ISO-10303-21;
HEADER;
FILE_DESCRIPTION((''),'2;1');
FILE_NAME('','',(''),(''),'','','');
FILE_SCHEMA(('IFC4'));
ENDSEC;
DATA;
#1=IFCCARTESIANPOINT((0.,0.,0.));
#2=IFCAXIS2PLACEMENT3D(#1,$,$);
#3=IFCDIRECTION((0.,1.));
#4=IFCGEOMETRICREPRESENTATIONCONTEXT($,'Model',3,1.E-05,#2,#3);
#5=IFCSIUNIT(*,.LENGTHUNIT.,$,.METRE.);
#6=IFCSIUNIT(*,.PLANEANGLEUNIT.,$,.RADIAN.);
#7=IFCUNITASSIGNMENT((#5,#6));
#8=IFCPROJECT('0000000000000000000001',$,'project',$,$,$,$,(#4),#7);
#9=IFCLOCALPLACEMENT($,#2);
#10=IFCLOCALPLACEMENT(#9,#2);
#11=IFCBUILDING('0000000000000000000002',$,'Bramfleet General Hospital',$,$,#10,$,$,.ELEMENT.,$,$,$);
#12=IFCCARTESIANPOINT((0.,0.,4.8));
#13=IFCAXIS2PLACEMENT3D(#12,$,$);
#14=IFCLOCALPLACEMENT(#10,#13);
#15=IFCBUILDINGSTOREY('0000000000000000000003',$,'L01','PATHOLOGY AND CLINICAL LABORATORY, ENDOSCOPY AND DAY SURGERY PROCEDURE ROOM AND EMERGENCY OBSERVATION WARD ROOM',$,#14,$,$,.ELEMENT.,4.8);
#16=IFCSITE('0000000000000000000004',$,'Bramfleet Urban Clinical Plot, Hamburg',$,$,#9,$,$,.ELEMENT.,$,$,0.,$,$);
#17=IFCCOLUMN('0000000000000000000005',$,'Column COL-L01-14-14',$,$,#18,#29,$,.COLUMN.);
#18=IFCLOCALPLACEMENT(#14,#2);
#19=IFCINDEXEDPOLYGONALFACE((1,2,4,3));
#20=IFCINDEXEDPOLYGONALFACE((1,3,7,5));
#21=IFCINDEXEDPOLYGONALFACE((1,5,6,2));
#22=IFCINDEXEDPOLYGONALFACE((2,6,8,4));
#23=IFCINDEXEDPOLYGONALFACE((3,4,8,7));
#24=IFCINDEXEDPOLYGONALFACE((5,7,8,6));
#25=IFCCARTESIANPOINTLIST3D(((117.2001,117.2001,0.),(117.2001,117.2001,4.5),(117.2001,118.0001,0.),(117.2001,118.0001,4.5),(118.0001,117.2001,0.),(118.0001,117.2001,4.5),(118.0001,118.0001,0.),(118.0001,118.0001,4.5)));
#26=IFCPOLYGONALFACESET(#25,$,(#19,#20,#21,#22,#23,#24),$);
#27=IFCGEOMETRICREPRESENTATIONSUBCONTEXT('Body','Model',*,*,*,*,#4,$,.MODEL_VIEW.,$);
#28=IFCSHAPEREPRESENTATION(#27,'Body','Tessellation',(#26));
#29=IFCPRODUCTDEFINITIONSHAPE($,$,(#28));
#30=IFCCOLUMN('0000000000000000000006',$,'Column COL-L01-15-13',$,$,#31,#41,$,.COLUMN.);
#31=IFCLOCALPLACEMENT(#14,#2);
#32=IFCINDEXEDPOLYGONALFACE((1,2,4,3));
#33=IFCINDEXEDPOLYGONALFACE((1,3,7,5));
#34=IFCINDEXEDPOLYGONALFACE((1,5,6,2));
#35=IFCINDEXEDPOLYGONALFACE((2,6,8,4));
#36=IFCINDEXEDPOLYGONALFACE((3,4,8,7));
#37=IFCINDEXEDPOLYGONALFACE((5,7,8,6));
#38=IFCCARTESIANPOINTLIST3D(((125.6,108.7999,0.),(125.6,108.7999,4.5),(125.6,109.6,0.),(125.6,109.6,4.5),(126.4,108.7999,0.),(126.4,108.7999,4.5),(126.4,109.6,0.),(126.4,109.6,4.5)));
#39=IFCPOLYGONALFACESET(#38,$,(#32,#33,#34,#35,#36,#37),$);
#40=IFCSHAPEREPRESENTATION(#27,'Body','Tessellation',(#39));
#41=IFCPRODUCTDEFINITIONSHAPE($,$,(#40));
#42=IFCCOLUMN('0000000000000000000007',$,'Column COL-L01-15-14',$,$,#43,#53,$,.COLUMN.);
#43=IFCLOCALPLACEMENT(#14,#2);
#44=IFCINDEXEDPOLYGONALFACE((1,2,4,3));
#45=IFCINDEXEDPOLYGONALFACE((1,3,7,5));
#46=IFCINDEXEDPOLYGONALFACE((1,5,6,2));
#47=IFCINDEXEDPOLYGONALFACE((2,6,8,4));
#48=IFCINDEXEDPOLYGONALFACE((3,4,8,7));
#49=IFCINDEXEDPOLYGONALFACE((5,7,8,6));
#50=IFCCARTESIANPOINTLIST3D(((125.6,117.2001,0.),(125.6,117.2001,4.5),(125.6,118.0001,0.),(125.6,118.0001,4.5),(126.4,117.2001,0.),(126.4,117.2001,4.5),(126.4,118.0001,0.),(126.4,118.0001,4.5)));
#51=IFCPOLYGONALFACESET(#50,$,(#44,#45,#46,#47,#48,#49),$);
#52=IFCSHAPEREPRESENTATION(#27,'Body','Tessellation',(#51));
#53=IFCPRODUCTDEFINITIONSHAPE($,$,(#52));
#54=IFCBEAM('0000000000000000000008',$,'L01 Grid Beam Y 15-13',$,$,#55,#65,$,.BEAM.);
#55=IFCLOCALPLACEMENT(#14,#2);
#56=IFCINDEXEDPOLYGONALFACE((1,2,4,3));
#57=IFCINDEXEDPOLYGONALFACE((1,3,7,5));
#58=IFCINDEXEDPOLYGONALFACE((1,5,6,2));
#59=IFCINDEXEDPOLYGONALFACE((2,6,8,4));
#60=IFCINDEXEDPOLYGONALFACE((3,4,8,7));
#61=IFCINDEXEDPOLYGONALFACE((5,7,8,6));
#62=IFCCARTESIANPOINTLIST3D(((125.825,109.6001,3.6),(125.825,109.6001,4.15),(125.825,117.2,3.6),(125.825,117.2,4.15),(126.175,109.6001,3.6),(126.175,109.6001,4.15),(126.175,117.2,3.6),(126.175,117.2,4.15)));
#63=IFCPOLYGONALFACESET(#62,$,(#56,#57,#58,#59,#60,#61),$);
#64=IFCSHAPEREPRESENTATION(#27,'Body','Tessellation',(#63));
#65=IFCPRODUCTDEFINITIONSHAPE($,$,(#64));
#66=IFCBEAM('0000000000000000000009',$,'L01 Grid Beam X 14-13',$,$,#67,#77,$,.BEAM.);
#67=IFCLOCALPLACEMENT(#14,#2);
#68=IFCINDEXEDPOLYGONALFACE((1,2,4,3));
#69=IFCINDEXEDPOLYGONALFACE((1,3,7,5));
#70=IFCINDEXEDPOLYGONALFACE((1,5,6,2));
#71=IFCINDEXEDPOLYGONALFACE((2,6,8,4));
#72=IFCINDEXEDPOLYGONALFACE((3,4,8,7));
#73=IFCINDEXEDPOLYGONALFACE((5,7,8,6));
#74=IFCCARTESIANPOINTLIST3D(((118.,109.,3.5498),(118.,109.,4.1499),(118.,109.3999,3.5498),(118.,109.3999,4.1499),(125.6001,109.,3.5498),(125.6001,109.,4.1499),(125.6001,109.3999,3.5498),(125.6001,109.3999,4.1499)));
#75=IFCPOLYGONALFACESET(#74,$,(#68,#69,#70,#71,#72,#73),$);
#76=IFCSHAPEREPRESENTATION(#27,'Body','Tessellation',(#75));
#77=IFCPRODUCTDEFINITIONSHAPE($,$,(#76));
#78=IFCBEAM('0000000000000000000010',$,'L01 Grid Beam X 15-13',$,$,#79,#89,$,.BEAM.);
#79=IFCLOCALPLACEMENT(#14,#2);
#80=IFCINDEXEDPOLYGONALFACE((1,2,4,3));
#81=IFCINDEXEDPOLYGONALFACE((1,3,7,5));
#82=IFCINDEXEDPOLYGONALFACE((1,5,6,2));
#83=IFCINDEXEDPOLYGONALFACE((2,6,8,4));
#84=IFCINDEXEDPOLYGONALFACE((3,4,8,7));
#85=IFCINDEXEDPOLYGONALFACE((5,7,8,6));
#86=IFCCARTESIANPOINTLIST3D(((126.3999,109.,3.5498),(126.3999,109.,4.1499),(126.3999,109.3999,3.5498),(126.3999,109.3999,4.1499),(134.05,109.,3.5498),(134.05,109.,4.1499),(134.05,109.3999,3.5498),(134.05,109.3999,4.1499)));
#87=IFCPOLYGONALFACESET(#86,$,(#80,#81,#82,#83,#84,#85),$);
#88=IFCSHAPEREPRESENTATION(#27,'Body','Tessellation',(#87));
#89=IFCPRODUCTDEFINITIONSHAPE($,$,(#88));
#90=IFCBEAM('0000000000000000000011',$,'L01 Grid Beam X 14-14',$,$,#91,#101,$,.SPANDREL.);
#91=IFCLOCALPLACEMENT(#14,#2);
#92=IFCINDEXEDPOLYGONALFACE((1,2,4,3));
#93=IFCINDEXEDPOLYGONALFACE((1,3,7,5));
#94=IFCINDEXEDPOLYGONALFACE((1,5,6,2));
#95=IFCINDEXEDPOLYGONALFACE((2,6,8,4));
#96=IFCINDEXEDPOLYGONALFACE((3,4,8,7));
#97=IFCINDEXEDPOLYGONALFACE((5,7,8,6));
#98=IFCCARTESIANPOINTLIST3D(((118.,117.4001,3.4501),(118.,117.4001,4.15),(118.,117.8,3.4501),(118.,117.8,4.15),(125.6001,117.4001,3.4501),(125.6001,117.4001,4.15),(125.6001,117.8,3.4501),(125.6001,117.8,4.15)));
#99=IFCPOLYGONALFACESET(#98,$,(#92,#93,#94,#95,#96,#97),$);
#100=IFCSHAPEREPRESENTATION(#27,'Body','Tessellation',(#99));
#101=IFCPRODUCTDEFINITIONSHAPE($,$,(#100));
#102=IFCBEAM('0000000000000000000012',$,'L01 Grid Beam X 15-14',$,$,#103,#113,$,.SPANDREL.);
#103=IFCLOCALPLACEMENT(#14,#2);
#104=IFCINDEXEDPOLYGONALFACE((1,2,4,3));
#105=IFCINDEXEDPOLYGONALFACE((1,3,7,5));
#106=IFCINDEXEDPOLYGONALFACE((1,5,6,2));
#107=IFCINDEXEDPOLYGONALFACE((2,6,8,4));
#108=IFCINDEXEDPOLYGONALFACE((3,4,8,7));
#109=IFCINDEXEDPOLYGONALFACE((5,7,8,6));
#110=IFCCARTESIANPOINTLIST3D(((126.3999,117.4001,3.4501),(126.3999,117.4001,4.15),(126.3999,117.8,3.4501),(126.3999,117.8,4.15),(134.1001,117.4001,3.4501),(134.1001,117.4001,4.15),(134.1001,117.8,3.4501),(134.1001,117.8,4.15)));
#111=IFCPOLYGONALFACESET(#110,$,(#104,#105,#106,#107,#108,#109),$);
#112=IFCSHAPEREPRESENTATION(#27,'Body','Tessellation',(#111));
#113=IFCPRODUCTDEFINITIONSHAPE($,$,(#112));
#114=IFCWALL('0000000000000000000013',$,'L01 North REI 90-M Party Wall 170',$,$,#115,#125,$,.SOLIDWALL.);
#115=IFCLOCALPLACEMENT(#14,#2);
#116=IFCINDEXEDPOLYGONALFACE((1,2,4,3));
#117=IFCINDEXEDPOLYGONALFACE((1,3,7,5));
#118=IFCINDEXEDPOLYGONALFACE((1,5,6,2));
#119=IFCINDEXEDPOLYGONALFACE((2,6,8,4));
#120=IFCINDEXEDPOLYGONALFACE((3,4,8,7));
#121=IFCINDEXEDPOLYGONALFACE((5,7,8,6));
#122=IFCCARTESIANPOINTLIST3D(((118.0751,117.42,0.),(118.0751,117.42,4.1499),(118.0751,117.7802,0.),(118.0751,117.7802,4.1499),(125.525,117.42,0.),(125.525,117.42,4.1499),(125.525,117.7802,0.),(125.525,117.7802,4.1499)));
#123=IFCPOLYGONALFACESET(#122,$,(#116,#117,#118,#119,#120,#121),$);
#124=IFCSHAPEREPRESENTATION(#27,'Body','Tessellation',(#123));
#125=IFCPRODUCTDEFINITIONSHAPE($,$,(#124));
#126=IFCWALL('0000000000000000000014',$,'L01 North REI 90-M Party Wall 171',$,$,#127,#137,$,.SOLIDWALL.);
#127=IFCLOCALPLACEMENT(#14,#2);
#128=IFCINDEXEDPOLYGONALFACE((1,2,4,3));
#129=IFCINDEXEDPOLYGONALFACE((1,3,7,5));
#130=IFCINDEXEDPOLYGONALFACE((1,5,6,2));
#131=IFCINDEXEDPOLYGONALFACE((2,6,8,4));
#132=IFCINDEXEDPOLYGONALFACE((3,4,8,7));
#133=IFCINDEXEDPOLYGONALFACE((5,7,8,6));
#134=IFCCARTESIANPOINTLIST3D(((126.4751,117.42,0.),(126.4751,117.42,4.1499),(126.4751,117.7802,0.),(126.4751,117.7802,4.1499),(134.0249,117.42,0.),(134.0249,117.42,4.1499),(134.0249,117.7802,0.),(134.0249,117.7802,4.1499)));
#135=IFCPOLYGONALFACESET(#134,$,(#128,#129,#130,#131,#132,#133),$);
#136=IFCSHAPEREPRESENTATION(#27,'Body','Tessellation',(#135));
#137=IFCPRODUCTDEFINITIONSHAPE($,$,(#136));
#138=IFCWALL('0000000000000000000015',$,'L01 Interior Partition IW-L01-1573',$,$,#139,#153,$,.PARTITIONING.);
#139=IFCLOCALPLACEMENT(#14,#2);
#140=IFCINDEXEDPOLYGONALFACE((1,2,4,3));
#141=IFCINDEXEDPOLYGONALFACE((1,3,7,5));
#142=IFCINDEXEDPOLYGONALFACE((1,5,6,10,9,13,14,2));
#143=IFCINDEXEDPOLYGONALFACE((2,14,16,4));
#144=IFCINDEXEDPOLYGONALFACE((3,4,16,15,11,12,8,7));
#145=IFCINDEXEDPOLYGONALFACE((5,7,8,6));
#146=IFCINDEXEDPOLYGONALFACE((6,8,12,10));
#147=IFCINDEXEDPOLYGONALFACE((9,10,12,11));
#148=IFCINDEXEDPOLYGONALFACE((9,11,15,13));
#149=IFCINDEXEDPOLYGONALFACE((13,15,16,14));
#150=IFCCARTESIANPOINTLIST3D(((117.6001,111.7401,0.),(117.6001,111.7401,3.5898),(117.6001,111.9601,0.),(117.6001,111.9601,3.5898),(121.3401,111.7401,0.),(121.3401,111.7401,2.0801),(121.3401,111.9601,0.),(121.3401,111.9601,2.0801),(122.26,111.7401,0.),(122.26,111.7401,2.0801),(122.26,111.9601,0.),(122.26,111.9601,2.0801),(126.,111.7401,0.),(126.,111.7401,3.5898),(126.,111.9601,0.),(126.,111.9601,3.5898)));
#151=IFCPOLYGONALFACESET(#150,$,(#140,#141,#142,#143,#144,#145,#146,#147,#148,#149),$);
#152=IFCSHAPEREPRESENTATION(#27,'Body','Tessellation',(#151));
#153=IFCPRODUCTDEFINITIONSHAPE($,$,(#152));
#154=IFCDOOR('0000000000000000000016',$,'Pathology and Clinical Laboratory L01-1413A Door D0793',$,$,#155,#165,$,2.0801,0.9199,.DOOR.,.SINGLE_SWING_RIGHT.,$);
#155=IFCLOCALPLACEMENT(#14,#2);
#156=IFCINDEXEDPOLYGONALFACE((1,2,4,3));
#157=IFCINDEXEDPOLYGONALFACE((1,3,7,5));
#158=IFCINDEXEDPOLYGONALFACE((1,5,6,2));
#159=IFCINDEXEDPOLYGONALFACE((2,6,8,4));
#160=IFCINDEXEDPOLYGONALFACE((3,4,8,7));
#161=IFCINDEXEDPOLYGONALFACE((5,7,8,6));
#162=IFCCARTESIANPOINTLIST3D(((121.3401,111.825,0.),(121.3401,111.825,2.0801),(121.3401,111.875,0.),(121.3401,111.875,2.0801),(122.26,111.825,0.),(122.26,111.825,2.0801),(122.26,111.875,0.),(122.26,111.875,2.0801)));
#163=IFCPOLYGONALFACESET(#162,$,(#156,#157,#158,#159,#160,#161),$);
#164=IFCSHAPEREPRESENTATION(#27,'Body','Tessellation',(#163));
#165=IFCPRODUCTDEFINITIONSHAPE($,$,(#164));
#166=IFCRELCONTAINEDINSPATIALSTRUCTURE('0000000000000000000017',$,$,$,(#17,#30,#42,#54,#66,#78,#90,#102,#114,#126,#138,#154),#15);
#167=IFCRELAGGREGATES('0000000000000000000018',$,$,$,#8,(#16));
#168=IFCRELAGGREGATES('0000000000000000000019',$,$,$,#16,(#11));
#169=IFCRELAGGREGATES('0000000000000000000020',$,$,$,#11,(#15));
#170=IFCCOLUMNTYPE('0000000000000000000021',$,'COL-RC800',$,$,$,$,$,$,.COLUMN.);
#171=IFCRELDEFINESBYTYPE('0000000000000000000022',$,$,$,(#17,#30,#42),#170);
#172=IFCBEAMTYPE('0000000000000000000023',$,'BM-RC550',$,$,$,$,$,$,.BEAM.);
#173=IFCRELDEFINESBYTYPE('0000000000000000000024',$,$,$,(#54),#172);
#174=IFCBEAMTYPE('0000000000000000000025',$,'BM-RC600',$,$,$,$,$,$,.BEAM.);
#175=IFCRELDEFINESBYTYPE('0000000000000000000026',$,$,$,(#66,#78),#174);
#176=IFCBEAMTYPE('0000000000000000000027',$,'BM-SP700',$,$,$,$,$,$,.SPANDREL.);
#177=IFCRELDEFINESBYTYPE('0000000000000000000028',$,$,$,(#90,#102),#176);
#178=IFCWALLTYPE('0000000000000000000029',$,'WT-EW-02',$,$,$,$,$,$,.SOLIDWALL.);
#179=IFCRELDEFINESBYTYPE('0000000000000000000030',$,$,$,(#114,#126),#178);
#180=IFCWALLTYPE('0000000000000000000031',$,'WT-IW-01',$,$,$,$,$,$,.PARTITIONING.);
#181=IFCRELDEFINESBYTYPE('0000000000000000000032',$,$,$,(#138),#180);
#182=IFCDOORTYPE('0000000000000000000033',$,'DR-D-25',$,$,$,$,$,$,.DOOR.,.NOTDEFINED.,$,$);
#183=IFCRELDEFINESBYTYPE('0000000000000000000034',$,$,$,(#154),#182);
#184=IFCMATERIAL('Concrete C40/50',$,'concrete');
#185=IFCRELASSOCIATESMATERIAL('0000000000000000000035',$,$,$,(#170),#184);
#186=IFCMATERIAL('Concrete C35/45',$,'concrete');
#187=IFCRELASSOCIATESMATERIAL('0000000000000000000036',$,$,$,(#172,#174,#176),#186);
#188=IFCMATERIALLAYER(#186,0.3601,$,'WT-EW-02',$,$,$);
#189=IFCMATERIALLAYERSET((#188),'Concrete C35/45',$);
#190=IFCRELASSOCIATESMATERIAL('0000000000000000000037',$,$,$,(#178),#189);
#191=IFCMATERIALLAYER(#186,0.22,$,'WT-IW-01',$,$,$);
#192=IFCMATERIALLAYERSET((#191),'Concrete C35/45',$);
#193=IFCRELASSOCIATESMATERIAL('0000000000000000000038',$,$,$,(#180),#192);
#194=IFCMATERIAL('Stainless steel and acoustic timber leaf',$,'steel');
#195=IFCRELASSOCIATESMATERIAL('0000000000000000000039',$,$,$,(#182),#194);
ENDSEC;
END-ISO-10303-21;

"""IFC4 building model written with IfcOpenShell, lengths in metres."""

from ifc_helpers import new_model, si_unit, direction, frame, frame_2d, origin, origin_2d, place, context, subcontext, project, spatial, rectangle, extrude, material, layer, layer_set, material_profile, profile_set, type_object, element, fill, save


model = new_model("IFC4")

# Units and contexts
model_context = context("Model", 3, precision=1e-05, world=origin(), true_north=direction((0.0, 1.0)))
body_context = subcontext(model_context, "Body", "Model", "MODEL_VIEW")
ifc_project = project(units=[si_unit("LENGTHUNIT", "METRE"), si_unit("PLANEANGLEUNIT", "RADIAN")], contexts=[model_context])

# Site, building, storey
site_placement = place(None, origin())
site = spatial("IfcSite", under=ifc_project, at=site_placement, Name="Bramfleet Urban Clinical Plot, Hamburg", CompositionType="ELEMENT", RefElevation=0.0)
building_placement = place(site_placement, origin())
building = spatial("IfcBuilding", under=site, at=building_placement, Name="Bramfleet General Hospital", CompositionType="ELEMENT")
storey_placement = place(building_placement, frame((0.0, 0.0, 4.8)))
storey = spatial("IfcBuildingStorey", under=building, at=storey_placement, Name="L01", Description="PATHOLOGY AND CLINICAL LABORATORY, ENDOSCOPY AND DAY SURGERY PROCEDURE ROOM AND EMERGENCY OBSERVATION WARD ROOM", CompositionType="ELEMENT", Elevation=4.8)

# Columns
ifc_material_1 = material(Name="Concrete C40/50", Category="concrete")
ifc_material_profile_1 = material_profile(ifc_material_1, rectangle(XDim=0.8, YDim=0.8, at=origin_2d()), Name="RC COL 800x800")
ifc_profile_set_1 = profile_set([ifc_material_profile_1], Name="Concrete C40/50")
column_type = type_object("IfcColumnType", Name="COL-RC800", PredefinedType="COLUMN", material=ifc_profile_set_1)
for number, where, z_axis, x_axis, name in (
    (1, (117.6001, 117.6001, 0.0), (0.0, 0.0, 1.0), (1.0, 0.0, 0.0), "Column COL-L01-14-14"),
    (2, (126.0, 109.2, 0.0), (0.0, 0.0, 1.0), (1.0, 0.0, 0.0), "Column COL-L01-15-13"),
    (3, (126.0, 117.6001, 0.0), (0.0, 0.0, 1.0), (1.0, 0.0, 0.0), "Column COL-L01-15-14"),
):
    element("IfcColumn", number, at=place(storey_placement, frame(where, z_axis=z_axis, x_axis=x_axis)), inside=storey, type_object=column_type, Name=name, PredefinedType="COLUMN", context=body_context, shape_type="SweptSolid", body=[
        extrude(rectangle(XDim=0.8, YDim=0.8, at=origin_2d()), origin(), (0.0, 0.0, 1.0), 4.5),
    ])

# Beams
ifc_material_2 = material(Name="Concrete C35/45", Category="concrete")
ifc_material_profile_2 = material_profile(ifc_material_2, rectangle(XDim=0.3501, YDim=0.55, at=origin_2d()), Name="RC BM 550x350")
ifc_profile_set_2 = profile_set([ifc_material_profile_2], Name="Concrete C35/45")
beam_type_1 = type_object("IfcBeamType", Name="BM-RC550", PredefinedType="BEAM", material=ifc_profile_set_2)
beam_1_placement = place(storey_placement, frame((126.0, 109.6001, 3.875), z_axis=(0.0, 1.0, 0.0), x_axis=(-1.0, 0.0, 0.0)))
element("IfcBeam", 4, at=beam_1_placement, inside=storey, type_object=beam_type_1, Name="L01 Grid Beam Y 15-13", PredefinedType="BEAM", context=body_context, shape_type="SweptSolid", body=[
    extrude(rectangle(XDim=0.3501, YDim=0.55, at=origin_2d()), origin(), (0.0, 0.0, 1.0), 7.5999),
])
ifc_material_profile_3 = material_profile(ifc_material_2, rectangle(XDim=0.3999, YDim=0.6001, at=origin_2d()), Name="RC BM 600x400")
ifc_profile_set_3 = profile_set([ifc_material_profile_3], Name="Concrete C35/45")
beam_type_2 = type_object("IfcBeamType", Name="BM-RC600", PredefinedType="BEAM", material=ifc_profile_set_3)
beam_2_placement = place(storey_placement, frame((118.0, 109.2, 3.8499), z_axis=(1.0, 0.0, 0.0), x_axis=(0.0, 1.0, 0.0)))
element("IfcBeam", 5, at=beam_2_placement, inside=storey, type_object=beam_type_2, Name="L01 Grid Beam X 14-13", PredefinedType="BEAM", context=body_context, shape_type="SweptSolid", body=[
    extrude(rectangle(XDim=0.3999, YDim=0.6001, at=origin_2d()), origin(), (0.0, 0.0, 1.0), 7.6001),
])
beam_3_placement = place(storey_placement, frame((126.3999, 109.2, 3.8499), z_axis=(1.0, 0.0, 0.0), x_axis=(0.0, 1.0, 0.0)))
element("IfcBeam", 6, at=beam_3_placement, inside=storey, type_object=beam_type_2, Name="L01 Grid Beam X 15-13", PredefinedType="BEAM", context=body_context, shape_type="SweptSolid", body=[
    extrude(rectangle(XDim=0.3999, YDim=0.6001, at=origin_2d()), origin(), (0.0, 0.0, 1.0), 7.6501),
])
ifc_material_profile_4 = material_profile(ifc_material_2, rectangle(XDim=0.3999, YDim=0.7, at=origin_2d()), Name="RC SP 700x400")
ifc_profile_set_4 = profile_set([ifc_material_profile_4], Name="Concrete C35/45")
beam_type_3 = type_object("IfcBeamType", Name="BM-SP700", PredefinedType="SPANDREL", material=ifc_profile_set_4)
beam_4_placement = place(storey_placement, frame((118.0, 117.6001, 3.8), z_axis=(1.0, 0.0, 0.0), x_axis=(0.0, 1.0, 0.0)))
element("IfcBeam", 7, at=beam_4_placement, inside=storey, type_object=beam_type_3, Name="L01 Grid Beam X 14-14", PredefinedType="SPANDREL", context=body_context, shape_type="SweptSolid", body=[
    extrude(rectangle(XDim=0.3999, YDim=0.7, at=origin_2d()), origin(), (0.0, 0.0, 1.0), 7.6001),
])
beam_5_placement = place(storey_placement, frame((126.3999, 117.6001, 3.8), z_axis=(1.0, 0.0, 0.0), x_axis=(0.0, 1.0, 0.0)))
element("IfcBeam", 8, at=beam_5_placement, inside=storey, type_object=beam_type_3, Name="L01 Grid Beam X 15-14", PredefinedType="SPANDREL", context=body_context, shape_type="SweptSolid", body=[
    extrude(rectangle(XDim=0.3999, YDim=0.7, at=origin_2d()), origin(), (0.0, 0.0, 1.0), 7.7002),
])

# Walls
ifc_layer_1 = layer(ifc_material_2, 0.3601, Name="WT-EW-02")
ifc_layer_set_1 = layer_set([ifc_layer_1], Name="Concrete C35/45")
wall_type_1 = type_object("IfcWallType", Name="WT-EW-02", PredefinedType="SOLIDWALL", material=ifc_layer_set_1)
wall_1_placement = place(storey_placement, frame((118.075, 117.6001, 0.0), z_axis=(0.0, 0.0, 1.0), x_axis=(1.0, 0.0, 0.0)))
element("IfcWall", 9, at=wall_1_placement, inside=storey, type_object=wall_type_1, Name="L01 North REI 90-M Party Wall 170", PredefinedType="SOLIDWALL", context=body_context, shape_type="SweptSolid", body=[
    extrude(rectangle(XDim=7.45, YDim=0.3601, at=frame_2d((3.7251, 0.0))), origin(), (0.0, 0.0, 1.0), 4.1499),
])
wall_2_placement = place(storey_placement, frame((126.4751, 117.6001, 0.0), z_axis=(0.0, 0.0, 1.0), x_axis=(1.0, 0.0, 0.0)))
element("IfcWall", 10, at=wall_2_placement, inside=storey, type_object=wall_type_1, Name="L01 North REI 90-M Party Wall 171", PredefinedType="SOLIDWALL", context=body_context, shape_type="SweptSolid", body=[
    extrude(rectangle(XDim=7.5498, YDim=0.3601, at=frame_2d((3.7749, 0.0))), origin(), (0.0, 0.0, 1.0), 4.1499),
])

# Wall, opening, door
ifc_layer_2 = layer(ifc_material_2, 0.22, Name="WT-IW-01")
ifc_layer_set_2 = layer_set([ifc_layer_2], Name="Concrete C35/45")
wall_type_2 = type_object("IfcWallType", Name="WT-IW-01", PredefinedType="PARTITIONING", material=ifc_layer_set_2)
wall_3_placement = place(storey_placement, frame((117.6001, 111.8501, 0.0), z_axis=(0.0, 0.0, 1.0), x_axis=(1.0, 0.0, 0.0)))
wall_3 = element("IfcWall", 11, at=wall_3_placement, inside=storey, type_object=wall_type_2, Name="L01 Interior Partition IW-L01-1573", PredefinedType="PARTITIONING", context=body_context, shape_type="SweptSolid", body=[
    extrude(rectangle(XDim=8.3999, YDim=0.22, at=frame_2d((4.2, 0.0))), origin(), (0.0, 0.0, 1.0), 3.5898),
])
opening_1_placement = place(wall_3_placement, frame((3.74, 0.0, 0.0)))
opening_1 = element("IfcOpeningElement", 12, at=opening_1_placement, cuts=wall_3, PredefinedType="OPENING", context=body_context, shape_type="SweptSolid", body=[
    extrude(rectangle(XDim=0.9199, YDim=2.0801, at=frame_2d((0.46, 1.04))), frame((0.0, 0.1199, 0.0), z_axis=(0.0, -1.0, 0.0), x_axis=(1.0, 0.0, 0.0)), (0.0, 0.0, 1.0), 0.24),
])
ifc_material_3 = material(Name="Stainless steel and acoustic timber leaf", Category="steel")
door_type_1 = type_object("IfcDoorType", Name="DR-D-25", OperationType="NOTDEFINED", PredefinedType="DOOR", material=ifc_material_3)
door_1_placement = place(opening_1_placement, origin())
door_1 = element("IfcDoor", 13, at=door_1_placement, inside=storey, type_object=door_type_1, Name="Pathology and Clinical Laboratory L01-1413A Door D0793", OperationType="SINGLE_SWING_RIGHT", OverallHeight=2.0801, OverallWidth=0.9199, PredefinedType="DOOR", context=body_context, shape_type="SweptSolid", body=[
    extrude(rectangle(XDim=0.9199, YDim=2.0801, at=frame_2d((0.46, 1.04))), frame((0.0, 0.0249, 0.0), z_axis=(0.0, -1.0, 0.0), x_axis=(1.0, 0.0, 0.0)), (0.0, 0.0, 1.0), 0.05),
])
fill(opening_1, door_1)

save(model, "model.ifc")
